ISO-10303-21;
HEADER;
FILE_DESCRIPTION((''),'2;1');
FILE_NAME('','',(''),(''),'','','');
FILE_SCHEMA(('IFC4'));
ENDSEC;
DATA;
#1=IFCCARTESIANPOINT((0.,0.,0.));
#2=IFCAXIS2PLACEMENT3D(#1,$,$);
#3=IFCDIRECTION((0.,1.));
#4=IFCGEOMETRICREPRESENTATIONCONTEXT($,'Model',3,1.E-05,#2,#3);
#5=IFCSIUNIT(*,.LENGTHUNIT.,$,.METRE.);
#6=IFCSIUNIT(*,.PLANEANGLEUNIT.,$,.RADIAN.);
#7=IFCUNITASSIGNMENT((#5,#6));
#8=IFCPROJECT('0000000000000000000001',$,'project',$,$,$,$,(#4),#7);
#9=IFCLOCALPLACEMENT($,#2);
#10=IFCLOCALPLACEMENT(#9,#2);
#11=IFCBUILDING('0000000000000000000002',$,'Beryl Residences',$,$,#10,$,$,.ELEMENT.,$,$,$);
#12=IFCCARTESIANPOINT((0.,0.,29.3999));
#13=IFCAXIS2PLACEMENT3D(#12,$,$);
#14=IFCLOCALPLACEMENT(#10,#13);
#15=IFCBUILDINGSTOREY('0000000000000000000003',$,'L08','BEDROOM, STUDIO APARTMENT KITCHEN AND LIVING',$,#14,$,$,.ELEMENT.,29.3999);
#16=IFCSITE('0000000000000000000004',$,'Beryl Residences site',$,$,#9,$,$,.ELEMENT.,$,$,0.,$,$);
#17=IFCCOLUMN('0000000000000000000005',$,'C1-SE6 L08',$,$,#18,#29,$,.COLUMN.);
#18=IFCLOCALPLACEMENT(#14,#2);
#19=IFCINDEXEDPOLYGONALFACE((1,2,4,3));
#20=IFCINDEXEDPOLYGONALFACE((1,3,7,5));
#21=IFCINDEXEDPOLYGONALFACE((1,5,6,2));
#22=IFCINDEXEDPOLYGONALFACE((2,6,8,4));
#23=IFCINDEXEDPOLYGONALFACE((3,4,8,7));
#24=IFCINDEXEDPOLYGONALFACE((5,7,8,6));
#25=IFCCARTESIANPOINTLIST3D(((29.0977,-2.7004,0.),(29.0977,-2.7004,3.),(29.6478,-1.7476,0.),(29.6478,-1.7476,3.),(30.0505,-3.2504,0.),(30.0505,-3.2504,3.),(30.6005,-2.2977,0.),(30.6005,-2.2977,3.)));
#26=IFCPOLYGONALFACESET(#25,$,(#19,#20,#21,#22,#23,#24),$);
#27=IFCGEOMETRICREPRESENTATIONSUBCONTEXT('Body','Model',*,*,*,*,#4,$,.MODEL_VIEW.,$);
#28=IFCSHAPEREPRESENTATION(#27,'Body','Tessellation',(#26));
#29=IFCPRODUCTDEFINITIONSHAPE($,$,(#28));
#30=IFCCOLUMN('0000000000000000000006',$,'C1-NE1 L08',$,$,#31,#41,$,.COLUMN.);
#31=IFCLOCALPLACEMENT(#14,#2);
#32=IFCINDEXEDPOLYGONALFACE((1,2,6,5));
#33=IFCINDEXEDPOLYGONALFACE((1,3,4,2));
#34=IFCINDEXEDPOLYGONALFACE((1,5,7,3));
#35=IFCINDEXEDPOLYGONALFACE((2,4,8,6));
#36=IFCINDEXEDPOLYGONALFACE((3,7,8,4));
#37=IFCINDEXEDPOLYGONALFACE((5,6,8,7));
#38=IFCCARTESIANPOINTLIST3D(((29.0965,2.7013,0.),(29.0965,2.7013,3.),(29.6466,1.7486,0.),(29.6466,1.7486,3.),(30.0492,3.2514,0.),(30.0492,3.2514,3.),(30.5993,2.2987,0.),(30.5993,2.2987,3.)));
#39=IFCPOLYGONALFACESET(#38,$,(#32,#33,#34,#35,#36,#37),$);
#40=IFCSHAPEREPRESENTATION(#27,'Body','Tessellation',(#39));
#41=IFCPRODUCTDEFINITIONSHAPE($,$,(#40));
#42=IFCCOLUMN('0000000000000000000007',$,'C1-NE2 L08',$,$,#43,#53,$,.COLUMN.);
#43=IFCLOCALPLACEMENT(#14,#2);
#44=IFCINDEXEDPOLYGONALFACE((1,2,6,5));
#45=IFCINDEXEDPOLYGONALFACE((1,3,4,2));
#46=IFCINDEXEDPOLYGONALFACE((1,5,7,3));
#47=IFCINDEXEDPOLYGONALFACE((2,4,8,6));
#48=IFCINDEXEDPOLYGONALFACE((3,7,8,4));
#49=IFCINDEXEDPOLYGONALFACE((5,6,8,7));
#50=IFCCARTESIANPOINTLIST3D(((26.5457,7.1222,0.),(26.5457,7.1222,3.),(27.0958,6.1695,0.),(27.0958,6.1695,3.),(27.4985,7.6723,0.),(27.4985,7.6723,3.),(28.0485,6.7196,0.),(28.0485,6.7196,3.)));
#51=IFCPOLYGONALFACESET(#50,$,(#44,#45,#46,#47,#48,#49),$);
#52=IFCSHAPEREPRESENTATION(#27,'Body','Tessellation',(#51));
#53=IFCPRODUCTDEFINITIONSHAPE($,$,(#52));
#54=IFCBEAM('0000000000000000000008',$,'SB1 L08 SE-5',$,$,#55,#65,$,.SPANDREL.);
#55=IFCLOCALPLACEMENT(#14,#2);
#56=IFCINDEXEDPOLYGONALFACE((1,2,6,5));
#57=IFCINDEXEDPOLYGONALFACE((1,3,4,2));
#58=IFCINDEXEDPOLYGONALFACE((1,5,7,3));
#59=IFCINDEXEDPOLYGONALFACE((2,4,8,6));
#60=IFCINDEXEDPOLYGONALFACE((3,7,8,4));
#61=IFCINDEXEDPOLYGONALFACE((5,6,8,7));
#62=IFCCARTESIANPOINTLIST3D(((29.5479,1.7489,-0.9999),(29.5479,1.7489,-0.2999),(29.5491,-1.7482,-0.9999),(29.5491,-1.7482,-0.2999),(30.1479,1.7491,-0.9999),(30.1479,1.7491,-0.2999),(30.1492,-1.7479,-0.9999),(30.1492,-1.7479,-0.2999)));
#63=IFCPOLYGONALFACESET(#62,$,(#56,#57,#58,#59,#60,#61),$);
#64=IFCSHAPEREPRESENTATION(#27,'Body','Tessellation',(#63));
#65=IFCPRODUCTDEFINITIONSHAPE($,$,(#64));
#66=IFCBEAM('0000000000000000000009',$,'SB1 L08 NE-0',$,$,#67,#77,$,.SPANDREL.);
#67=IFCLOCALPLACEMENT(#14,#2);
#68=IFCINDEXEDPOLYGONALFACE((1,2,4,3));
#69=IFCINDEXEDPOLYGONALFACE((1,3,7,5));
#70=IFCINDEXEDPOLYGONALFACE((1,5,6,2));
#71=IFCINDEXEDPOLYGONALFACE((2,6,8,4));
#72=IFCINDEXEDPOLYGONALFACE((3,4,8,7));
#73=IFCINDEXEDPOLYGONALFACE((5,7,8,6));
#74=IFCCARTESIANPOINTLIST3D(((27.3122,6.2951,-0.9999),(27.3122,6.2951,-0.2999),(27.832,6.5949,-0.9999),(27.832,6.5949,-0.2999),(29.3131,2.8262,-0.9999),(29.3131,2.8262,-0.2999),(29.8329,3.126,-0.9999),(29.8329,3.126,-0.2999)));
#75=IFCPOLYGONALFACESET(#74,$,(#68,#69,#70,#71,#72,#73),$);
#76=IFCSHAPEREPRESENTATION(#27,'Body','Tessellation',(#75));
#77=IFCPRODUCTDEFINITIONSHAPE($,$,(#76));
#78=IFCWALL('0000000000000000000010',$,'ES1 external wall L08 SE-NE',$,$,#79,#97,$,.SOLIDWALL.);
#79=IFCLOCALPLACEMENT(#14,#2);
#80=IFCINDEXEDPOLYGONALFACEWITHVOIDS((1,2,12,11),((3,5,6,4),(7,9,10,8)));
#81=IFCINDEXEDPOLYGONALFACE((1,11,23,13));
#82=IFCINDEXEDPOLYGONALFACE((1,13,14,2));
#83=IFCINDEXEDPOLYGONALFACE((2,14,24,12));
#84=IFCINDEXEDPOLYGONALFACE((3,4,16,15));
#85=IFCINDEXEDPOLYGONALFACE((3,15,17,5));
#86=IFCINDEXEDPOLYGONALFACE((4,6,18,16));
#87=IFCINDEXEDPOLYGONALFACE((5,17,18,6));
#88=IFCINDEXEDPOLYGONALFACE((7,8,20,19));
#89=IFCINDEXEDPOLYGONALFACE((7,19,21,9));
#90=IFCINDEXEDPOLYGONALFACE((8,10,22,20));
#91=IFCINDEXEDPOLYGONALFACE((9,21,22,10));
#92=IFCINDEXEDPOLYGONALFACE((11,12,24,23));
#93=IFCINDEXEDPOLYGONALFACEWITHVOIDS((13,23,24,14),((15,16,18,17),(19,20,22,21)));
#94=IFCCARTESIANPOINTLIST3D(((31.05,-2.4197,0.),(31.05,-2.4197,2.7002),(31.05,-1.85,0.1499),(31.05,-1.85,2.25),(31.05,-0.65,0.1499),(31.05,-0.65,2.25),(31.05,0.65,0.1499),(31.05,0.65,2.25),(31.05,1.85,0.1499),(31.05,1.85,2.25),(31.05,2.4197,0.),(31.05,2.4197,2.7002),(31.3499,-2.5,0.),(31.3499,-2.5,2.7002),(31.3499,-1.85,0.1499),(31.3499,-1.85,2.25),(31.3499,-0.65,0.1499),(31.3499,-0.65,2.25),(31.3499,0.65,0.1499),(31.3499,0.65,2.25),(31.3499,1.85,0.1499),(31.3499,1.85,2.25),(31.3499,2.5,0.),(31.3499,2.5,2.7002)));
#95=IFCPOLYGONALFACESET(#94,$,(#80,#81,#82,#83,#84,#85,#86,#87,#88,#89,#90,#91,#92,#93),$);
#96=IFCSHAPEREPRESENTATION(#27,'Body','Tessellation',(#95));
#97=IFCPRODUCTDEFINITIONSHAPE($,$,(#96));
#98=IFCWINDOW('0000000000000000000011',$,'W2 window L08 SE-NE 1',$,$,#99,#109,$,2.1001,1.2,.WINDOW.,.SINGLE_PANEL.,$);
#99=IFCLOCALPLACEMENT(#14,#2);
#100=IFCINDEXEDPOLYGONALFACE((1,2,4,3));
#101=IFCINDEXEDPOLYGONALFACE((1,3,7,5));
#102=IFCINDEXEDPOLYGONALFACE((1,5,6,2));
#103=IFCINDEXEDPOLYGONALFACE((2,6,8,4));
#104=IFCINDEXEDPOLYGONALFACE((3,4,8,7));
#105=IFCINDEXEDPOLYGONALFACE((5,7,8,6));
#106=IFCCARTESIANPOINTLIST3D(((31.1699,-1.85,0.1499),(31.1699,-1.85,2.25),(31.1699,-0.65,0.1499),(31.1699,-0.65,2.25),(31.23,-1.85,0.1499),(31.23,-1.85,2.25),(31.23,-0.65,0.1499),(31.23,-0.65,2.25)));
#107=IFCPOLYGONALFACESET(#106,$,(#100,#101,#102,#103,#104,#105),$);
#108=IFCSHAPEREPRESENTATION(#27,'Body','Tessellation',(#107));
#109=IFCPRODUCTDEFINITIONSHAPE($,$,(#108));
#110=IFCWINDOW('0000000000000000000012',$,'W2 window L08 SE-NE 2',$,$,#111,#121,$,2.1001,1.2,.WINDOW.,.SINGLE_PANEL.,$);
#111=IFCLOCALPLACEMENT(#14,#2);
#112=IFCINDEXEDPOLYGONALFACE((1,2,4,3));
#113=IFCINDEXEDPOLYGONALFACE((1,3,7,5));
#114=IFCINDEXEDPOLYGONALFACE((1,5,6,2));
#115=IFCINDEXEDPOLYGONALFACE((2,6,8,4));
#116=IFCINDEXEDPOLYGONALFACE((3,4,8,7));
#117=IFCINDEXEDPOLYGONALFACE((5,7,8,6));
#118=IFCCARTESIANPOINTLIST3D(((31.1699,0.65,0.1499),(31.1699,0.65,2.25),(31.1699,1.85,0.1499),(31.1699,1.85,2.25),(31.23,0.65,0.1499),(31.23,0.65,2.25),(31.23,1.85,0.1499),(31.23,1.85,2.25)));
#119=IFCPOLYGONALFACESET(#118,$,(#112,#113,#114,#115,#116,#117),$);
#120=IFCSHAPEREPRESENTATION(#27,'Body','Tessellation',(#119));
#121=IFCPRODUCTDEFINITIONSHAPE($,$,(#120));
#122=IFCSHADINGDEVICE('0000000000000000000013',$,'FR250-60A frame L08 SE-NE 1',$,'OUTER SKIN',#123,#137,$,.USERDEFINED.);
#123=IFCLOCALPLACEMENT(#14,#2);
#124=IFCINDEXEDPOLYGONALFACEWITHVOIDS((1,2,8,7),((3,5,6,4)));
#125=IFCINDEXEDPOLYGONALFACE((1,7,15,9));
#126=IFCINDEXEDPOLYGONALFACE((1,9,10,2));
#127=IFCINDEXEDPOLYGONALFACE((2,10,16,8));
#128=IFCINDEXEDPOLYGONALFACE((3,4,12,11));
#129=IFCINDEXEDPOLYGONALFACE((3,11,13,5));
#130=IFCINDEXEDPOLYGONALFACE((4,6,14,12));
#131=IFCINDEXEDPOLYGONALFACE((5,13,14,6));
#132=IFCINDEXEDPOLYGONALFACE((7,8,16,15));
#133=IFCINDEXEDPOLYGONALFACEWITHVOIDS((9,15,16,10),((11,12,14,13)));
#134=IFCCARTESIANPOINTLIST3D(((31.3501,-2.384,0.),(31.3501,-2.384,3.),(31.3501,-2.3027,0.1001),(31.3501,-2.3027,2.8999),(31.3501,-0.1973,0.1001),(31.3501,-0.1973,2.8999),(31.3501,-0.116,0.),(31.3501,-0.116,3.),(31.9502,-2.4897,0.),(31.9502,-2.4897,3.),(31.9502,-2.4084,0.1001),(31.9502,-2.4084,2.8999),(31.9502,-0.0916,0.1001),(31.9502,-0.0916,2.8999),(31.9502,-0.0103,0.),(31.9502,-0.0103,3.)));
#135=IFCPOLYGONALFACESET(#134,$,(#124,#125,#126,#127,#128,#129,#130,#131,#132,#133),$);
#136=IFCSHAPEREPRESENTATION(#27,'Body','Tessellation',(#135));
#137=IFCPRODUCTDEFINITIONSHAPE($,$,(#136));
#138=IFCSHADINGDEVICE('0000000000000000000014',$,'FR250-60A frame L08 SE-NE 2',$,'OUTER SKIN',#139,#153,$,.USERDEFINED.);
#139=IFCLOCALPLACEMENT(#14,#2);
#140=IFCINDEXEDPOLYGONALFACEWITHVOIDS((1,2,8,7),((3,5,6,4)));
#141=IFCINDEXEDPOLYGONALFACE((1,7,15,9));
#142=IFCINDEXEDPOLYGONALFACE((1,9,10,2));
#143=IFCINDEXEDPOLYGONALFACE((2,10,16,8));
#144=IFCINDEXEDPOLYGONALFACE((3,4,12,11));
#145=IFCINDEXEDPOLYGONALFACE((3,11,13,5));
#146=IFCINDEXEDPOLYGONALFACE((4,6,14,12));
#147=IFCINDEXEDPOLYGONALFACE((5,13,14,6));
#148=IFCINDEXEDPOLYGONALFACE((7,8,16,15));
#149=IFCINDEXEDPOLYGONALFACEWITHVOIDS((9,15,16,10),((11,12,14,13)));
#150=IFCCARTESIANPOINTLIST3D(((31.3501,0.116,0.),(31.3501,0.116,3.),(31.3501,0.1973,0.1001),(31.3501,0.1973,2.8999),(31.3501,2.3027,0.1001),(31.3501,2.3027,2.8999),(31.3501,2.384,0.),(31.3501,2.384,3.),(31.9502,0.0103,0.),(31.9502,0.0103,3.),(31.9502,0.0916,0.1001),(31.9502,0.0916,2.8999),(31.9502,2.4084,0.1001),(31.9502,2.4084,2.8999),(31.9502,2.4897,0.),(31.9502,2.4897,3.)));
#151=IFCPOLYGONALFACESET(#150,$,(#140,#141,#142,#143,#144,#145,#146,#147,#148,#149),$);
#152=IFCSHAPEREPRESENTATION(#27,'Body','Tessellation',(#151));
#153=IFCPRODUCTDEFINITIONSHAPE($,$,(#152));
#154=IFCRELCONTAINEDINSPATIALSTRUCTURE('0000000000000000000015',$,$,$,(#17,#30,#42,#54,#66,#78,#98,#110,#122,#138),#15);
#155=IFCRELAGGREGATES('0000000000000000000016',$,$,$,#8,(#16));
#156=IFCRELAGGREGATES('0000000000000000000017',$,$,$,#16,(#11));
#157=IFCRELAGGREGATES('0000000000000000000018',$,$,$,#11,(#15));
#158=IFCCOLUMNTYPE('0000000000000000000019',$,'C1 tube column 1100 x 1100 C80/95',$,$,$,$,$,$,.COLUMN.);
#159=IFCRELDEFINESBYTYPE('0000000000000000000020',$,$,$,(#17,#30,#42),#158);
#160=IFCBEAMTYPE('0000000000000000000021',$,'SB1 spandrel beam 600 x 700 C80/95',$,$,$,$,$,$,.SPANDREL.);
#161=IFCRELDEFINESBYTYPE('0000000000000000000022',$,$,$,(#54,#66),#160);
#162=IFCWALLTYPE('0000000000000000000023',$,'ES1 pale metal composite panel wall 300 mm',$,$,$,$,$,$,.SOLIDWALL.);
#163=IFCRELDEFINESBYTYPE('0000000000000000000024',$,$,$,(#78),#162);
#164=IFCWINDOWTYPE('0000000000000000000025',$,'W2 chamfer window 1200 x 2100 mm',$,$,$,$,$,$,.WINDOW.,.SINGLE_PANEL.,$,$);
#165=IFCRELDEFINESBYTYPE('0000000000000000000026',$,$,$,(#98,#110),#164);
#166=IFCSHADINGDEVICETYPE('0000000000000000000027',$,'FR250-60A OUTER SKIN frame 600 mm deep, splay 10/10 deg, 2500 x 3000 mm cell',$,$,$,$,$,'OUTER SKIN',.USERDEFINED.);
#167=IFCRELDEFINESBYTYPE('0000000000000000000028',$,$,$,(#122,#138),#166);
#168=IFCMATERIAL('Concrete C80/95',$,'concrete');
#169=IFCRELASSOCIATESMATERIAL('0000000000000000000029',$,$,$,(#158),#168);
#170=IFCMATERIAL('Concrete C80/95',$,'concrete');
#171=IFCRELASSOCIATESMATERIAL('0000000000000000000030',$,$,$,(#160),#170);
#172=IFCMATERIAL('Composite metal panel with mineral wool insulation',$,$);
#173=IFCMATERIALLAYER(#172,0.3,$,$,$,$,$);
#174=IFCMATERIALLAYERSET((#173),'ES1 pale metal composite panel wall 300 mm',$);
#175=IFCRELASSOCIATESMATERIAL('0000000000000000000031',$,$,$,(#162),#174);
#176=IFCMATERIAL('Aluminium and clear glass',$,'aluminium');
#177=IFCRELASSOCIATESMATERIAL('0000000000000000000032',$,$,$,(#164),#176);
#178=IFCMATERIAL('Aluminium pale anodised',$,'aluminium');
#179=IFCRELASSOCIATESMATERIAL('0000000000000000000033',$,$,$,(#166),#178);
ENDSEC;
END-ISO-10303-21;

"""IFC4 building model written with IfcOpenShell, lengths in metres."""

from ifc_helpers import new_model, entity, si_unit, direction, frame, frame_2d, origin, origin_2d, place, context, subcontext, project, spatial, polyline, rectangle, outline, extrude, source, transform, mapped, material, layer, layer_set, material_profile, profile_set, type_object, type_shapes, element, fill, save


model = new_model("IFC4")

# Units and contexts
model_context = context("Model", 3, precision=1e-05, world=origin(), true_north=direction((0.0, 1.0)))
body_context = subcontext(model_context, "Body", "Model", "MODEL_VIEW")
ifc_project = project(units=[si_unit("LENGTHUNIT", "METRE"), si_unit("PLANEANGLEUNIT", "RADIAN")], contexts=[model_context])

# Site, building, storey
site_placement = place(None, origin())
site = spatial("IfcSite", under=ifc_project, at=site_placement, Name="Beryl Residences site", CompositionType="ELEMENT", RefElevation=0.0)
building_placement = place(site_placement, origin())
building = spatial("IfcBuilding", under=site, at=building_placement, Name="Beryl Residences", CompositionType="ELEMENT")
storey_placement = place(building_placement, frame((0.0, 0.0, 29.3999)))
storey = spatial("IfcBuildingStorey", under=building, at=storey_placement, Name="L08", Description="BEDROOM, STUDIO APARTMENT KITCHEN AND LIVING", CompositionType="ELEMENT", Elevation=29.3999)

# Columns
ifc_material_1 = material(Name="Concrete C80/95", Category="concrete")
ifc_material_profile_1 = material_profile(ifc_material_1, rectangle(XDim=1.1001, YDim=1.1001, at=origin_2d()))
ifc_profile_set_1 = profile_set([ifc_material_profile_1], Name="Concrete C80/95")
column_type = type_object("IfcColumnType", Name="C1 tube column 1100 x 1100 C80/95", PredefinedType="COLUMN", material=ifc_profile_set_1)
for number, where, z_axis, x_axis, name in (
    (1, (29.8491, -2.499, 0.0), (0.0, 0.0, 1.0), (0.499985, 0.866034, 0.0), "C1-SE6 L08"),
    (2, (29.8479, 2.5, 0.0), (0.0, 0.0, 1.0), (-0.499985, 0.866034, 0.0), "C1-NE1 L08"),
    (3, (27.2971, 6.9209, 0.0), (0.0, 0.0, 1.0), (-0.499985, 0.866034, 0.0), "C1-NE2 L08"),
):
    element("IfcColumn", number, at=place(storey_placement, frame(where, z_axis=z_axis, x_axis=x_axis)), inside=storey, type_object=column_type, Name=name, PredefinedType="COLUMN", context=body_context, shape_type="SweptSolid", body=[
        extrude(rectangle(XDim=1.1001, YDim=1.1001, at=origin_2d()), origin(), (0.0, 0.0, 1.0), 3.0),
    ])

# Beams
ifc_material_2 = material(Name="Concrete C80/95", Category="concrete")
ifc_material_profile_2 = material_profile(ifc_material_2, rectangle(XDim=0.6001, YDim=0.7, at=origin_2d()))
ifc_profile_set_2 = profile_set([ifc_material_profile_2], Name="Concrete C80/95")
beam_type = type_object("IfcBeamType", Name="SB1 spandrel beam 600 x 700 C80/95", PredefinedType="SPANDREL", material=ifc_profile_set_2)
beam_1_placement = place(storey_placement, frame((29.8491, -1.748, -0.6499), z_axis=(-0.000349, 1.0, 0.0), x_axis=(-1.0, -0.000349, 0.0)))
element("IfcBeam", 4, at=beam_1_placement, inside=storey, type_object=beam_type, Name="SB1 L08 SE-5", PredefinedType="SPANDREL", context=body_context, shape_type="SweptSolid", body=[
    extrude(rectangle(XDim=0.6001, YDim=0.7, at=origin_2d()), origin(), (0.0, 0.0, 1.0), 3.4971),
])
beam_2_placement = place(storey_placement, frame((29.573, 2.9761, -0.6499), z_axis=(-0.499654, 0.866225, 0.0), x_axis=(-0.866225, -0.499654, 0.0)))
element("IfcBeam", 5, at=beam_2_placement, inside=storey, type_object=beam_type, Name="SB1 L08 NE-0", PredefinedType="SPANDREL", context=body_context, shape_type="SweptSolid", body=[
    extrude(rectangle(XDim=0.6001, YDim=0.7, at=origin_2d()), origin(), (0.0, 0.0, 1.0), 4.0046),
])

# Wall, openings, windows
ifc_material_3 = material(Name="Composite metal panel with mineral wool insulation")
ifc_layer = layer(ifc_material_3, 0.3)
ifc_layer_set = layer_set([ifc_layer], Name="ES1 pale metal composite panel wall 300 mm")
wall_type = type_object("IfcWallType", Name="ES1 pale metal composite panel wall 300 mm", PredefinedType="SOLIDWALL", material=ifc_layer_set)
wall_1_placement = place(storey_placement, frame((31.2, -2.5, 0.0), z_axis=(0.0, 0.0, 1.0), x_axis=(0.0, 1.0, 0.0)))
wall_1 = element("IfcWall", 6, at=wall_1_placement, inside=storey, type_object=wall_type, Name="ES1 external wall L08 SE-NE", PredefinedType="SOLIDWALL", context=body_context, shape_type="SweptSolid", body=[
    extrude(outline(polyline([(0.0, -0.1499), (5.0, -0.1499), (4.9197, 0.1499), (0.0803, 0.1499), (0.0, -0.1499)])), origin(), (0.0, 0.0, 1.0), 2.7002),
])
opening_1_placement = place(wall_1_placement, frame((0.6499, 0.0, 0.1499)))
opening_1 = element("IfcOpeningElement", 7, at=opening_1_placement, cuts=wall_1, PredefinedType="OPENING", context=body_context, shape_type="SweptSolid", body=[
    extrude(rectangle(XDim=1.2, YDim=2.1001, at=frame_2d((0.6001, 1.05))), frame((0.0, 0.1599, 0.0), z_axis=(0.0, -1.0, 0.0), x_axis=(1.0, 0.0, 0.0)), (0.0, 0.0, 1.0), 0.3201),
])
opening_2_placement = place(wall_1_placement, frame((3.1499, 0.0, 0.1499)))
opening_2 = element("IfcOpeningElement", 8, at=opening_2_placement, cuts=wall_1, PredefinedType="OPENING", context=body_context, shape_type="SweptSolid", body=[
    extrude(rectangle(XDim=1.2, YDim=2.1001, at=frame_2d((0.6001, 1.05))), frame((0.0, 0.1599, 0.0), z_axis=(0.0, -1.0, 0.0), x_axis=(1.0, 0.0, 0.0)), (0.0, 0.0, 1.0), 0.3201),
])
ifc_material_4 = material(Name="Aluminium and clear glass", Category="aluminium")
window_type_1 = type_object("IfcWindowType", Name="W2 chamfer window 1200 x 2100 mm", PartitioningType="SINGLE_PANEL", PredefinedType="WINDOW", material=ifc_material_4)
window_1_placement = place(opening_1_placement, origin())
window_1 = element("IfcWindow", 9, at=window_1_placement, inside=storey, type_object=window_type_1, Name="W2 window L08 SE-NE 1", OverallHeight=2.1001, OverallWidth=1.2, PartitioningType="SINGLE_PANEL", PredefinedType="WINDOW", context=body_context, shape_type="SweptSolid", body=[
    extrude(rectangle(XDim=1.2, YDim=2.1001, at=frame_2d((0.6001, 1.05))), frame((0.0, 0.03, 0.0), z_axis=(0.0, -1.0, 0.0), x_axis=(1.0, 0.0, 0.0)), (0.0, 0.0, 1.0), 0.0601),
])
fill(opening_1, window_1)
window_2_placement = place(opening_2_placement, origin())
window_2 = element("IfcWindow", 10, at=window_2_placement, inside=storey, type_object=window_type_1, Name="W2 window L08 SE-NE 2", OverallHeight=2.1001, OverallWidth=1.2, PartitioningType="SINGLE_PANEL", PredefinedType="WINDOW", context=body_context, shape_type="SweptSolid", body=[
    extrude(rectangle(XDim=1.2, YDim=2.1001, at=frame_2d((0.6001, 1.05))), frame((0.0, 0.03, 0.0), z_axis=(0.0, -1.0, 0.0), x_axis=(1.0, 0.0, 0.0)), (0.0, 0.0, 1.0), 0.0601),
])
fill(opening_2, window_2)

# Shading devices
ifc_material_5 = material(Name="Aluminium pale anodised", Category="aluminium")
shading_device_type_1 = type_object("IfcShadingDeviceType", Name="FR250-60A OUTER SKIN frame 600 mm deep, splay 10/10 deg, 2500 x 3000 mm cell", ElementType="OUTER SKIN", PredefinedType="USERDEFINED", material=ifc_material_5)
cartesian_point_1 = entity("IfcCartesianPoint", [-1.134, 0.0])
cartesian_point_2 = entity("IfcCartesianPoint", [-1.0527, 0.1001])
cartesian_point_3 = entity("IfcCartesianPoint", [-1.2397, 0.0])
cartesian_point_4 = entity("IfcCartesianPoint", [-1.1584, 0.1001])
shared_shape_1 = source(origin(), body_context, "Body", "SweptSolid", [
    entity("IfcExtrudedAreaSolidTapered", entity("IfcArbitraryProfileDefWithVoids", "AREA", None, entity("IfcPolyline", [cartesian_point_1, entity("IfcCartesianPoint", [1.134, 0.0]), entity("IfcCartesianPoint", [1.134, 3.0]), entity("IfcCartesianPoint", [-1.134, 3.0]), cartesian_point_1]), [entity("IfcPolyline", [cartesian_point_2, entity("IfcCartesianPoint", [1.0527, 0.1001]), entity("IfcCartesianPoint", [1.0527, 2.8999]), entity("IfcCartesianPoint", [-1.0527, 2.8999]), cartesian_point_2])]), entity("IfcAxis2Placement3D", entity("IfcCartesianPoint", [0.0, 0.0, 0.0]), entity("IfcDirection", [0.0, 1.0, 0.0]), entity("IfcDirection", [-1.0, 0.0, 0.0])), entity("IfcDirection", [0.0, 0.0, 1.0]), 0.6001, entity("IfcArbitraryProfileDefWithVoids", "AREA", None, entity("IfcPolyline", [cartesian_point_3, entity("IfcCartesianPoint", [1.2397, 0.0]), entity("IfcCartesianPoint", [1.2397, 3.0]), entity("IfcCartesianPoint", [-1.2397, 3.0]), cartesian_point_3]), [entity("IfcPolyline", [cartesian_point_4, entity("IfcCartesianPoint", [1.1584, 0.1001]), entity("IfcCartesianPoint", [1.1584, 2.8999]), entity("IfcCartesianPoint", [-1.1584, 2.8999]), cartesian_point_4])])),
])
type_shapes(shading_device_type_1, [shared_shape_1])
for number, where, z_axis, x_axis, name in (
    (11, (31.3501, -1.25, 0.0), (0.0, 0.0, 1.0), (0.0, -1.0, 0.0), "FR250-60A frame L08 SE-NE 1"),
    (12, (31.3501, 1.25, 0.0), (0.0, 0.0, 1.0), (0.0, -1.0, 0.0), "FR250-60A frame L08 SE-NE 2"),
):
    element("IfcShadingDevice", number, at=place(storey_placement, frame(where, z_axis=z_axis, x_axis=x_axis)), inside=storey, type_object=shading_device_type_1, Name=name, ObjectType="OUTER SKIN", PredefinedType="USERDEFINED", context=body_context, shape_type="MappedRepresentation", body=[
        mapped(shared_shape_1, transform((0.0, 0.0, 0.0))),
    ])

save(model, "model.ifc")
